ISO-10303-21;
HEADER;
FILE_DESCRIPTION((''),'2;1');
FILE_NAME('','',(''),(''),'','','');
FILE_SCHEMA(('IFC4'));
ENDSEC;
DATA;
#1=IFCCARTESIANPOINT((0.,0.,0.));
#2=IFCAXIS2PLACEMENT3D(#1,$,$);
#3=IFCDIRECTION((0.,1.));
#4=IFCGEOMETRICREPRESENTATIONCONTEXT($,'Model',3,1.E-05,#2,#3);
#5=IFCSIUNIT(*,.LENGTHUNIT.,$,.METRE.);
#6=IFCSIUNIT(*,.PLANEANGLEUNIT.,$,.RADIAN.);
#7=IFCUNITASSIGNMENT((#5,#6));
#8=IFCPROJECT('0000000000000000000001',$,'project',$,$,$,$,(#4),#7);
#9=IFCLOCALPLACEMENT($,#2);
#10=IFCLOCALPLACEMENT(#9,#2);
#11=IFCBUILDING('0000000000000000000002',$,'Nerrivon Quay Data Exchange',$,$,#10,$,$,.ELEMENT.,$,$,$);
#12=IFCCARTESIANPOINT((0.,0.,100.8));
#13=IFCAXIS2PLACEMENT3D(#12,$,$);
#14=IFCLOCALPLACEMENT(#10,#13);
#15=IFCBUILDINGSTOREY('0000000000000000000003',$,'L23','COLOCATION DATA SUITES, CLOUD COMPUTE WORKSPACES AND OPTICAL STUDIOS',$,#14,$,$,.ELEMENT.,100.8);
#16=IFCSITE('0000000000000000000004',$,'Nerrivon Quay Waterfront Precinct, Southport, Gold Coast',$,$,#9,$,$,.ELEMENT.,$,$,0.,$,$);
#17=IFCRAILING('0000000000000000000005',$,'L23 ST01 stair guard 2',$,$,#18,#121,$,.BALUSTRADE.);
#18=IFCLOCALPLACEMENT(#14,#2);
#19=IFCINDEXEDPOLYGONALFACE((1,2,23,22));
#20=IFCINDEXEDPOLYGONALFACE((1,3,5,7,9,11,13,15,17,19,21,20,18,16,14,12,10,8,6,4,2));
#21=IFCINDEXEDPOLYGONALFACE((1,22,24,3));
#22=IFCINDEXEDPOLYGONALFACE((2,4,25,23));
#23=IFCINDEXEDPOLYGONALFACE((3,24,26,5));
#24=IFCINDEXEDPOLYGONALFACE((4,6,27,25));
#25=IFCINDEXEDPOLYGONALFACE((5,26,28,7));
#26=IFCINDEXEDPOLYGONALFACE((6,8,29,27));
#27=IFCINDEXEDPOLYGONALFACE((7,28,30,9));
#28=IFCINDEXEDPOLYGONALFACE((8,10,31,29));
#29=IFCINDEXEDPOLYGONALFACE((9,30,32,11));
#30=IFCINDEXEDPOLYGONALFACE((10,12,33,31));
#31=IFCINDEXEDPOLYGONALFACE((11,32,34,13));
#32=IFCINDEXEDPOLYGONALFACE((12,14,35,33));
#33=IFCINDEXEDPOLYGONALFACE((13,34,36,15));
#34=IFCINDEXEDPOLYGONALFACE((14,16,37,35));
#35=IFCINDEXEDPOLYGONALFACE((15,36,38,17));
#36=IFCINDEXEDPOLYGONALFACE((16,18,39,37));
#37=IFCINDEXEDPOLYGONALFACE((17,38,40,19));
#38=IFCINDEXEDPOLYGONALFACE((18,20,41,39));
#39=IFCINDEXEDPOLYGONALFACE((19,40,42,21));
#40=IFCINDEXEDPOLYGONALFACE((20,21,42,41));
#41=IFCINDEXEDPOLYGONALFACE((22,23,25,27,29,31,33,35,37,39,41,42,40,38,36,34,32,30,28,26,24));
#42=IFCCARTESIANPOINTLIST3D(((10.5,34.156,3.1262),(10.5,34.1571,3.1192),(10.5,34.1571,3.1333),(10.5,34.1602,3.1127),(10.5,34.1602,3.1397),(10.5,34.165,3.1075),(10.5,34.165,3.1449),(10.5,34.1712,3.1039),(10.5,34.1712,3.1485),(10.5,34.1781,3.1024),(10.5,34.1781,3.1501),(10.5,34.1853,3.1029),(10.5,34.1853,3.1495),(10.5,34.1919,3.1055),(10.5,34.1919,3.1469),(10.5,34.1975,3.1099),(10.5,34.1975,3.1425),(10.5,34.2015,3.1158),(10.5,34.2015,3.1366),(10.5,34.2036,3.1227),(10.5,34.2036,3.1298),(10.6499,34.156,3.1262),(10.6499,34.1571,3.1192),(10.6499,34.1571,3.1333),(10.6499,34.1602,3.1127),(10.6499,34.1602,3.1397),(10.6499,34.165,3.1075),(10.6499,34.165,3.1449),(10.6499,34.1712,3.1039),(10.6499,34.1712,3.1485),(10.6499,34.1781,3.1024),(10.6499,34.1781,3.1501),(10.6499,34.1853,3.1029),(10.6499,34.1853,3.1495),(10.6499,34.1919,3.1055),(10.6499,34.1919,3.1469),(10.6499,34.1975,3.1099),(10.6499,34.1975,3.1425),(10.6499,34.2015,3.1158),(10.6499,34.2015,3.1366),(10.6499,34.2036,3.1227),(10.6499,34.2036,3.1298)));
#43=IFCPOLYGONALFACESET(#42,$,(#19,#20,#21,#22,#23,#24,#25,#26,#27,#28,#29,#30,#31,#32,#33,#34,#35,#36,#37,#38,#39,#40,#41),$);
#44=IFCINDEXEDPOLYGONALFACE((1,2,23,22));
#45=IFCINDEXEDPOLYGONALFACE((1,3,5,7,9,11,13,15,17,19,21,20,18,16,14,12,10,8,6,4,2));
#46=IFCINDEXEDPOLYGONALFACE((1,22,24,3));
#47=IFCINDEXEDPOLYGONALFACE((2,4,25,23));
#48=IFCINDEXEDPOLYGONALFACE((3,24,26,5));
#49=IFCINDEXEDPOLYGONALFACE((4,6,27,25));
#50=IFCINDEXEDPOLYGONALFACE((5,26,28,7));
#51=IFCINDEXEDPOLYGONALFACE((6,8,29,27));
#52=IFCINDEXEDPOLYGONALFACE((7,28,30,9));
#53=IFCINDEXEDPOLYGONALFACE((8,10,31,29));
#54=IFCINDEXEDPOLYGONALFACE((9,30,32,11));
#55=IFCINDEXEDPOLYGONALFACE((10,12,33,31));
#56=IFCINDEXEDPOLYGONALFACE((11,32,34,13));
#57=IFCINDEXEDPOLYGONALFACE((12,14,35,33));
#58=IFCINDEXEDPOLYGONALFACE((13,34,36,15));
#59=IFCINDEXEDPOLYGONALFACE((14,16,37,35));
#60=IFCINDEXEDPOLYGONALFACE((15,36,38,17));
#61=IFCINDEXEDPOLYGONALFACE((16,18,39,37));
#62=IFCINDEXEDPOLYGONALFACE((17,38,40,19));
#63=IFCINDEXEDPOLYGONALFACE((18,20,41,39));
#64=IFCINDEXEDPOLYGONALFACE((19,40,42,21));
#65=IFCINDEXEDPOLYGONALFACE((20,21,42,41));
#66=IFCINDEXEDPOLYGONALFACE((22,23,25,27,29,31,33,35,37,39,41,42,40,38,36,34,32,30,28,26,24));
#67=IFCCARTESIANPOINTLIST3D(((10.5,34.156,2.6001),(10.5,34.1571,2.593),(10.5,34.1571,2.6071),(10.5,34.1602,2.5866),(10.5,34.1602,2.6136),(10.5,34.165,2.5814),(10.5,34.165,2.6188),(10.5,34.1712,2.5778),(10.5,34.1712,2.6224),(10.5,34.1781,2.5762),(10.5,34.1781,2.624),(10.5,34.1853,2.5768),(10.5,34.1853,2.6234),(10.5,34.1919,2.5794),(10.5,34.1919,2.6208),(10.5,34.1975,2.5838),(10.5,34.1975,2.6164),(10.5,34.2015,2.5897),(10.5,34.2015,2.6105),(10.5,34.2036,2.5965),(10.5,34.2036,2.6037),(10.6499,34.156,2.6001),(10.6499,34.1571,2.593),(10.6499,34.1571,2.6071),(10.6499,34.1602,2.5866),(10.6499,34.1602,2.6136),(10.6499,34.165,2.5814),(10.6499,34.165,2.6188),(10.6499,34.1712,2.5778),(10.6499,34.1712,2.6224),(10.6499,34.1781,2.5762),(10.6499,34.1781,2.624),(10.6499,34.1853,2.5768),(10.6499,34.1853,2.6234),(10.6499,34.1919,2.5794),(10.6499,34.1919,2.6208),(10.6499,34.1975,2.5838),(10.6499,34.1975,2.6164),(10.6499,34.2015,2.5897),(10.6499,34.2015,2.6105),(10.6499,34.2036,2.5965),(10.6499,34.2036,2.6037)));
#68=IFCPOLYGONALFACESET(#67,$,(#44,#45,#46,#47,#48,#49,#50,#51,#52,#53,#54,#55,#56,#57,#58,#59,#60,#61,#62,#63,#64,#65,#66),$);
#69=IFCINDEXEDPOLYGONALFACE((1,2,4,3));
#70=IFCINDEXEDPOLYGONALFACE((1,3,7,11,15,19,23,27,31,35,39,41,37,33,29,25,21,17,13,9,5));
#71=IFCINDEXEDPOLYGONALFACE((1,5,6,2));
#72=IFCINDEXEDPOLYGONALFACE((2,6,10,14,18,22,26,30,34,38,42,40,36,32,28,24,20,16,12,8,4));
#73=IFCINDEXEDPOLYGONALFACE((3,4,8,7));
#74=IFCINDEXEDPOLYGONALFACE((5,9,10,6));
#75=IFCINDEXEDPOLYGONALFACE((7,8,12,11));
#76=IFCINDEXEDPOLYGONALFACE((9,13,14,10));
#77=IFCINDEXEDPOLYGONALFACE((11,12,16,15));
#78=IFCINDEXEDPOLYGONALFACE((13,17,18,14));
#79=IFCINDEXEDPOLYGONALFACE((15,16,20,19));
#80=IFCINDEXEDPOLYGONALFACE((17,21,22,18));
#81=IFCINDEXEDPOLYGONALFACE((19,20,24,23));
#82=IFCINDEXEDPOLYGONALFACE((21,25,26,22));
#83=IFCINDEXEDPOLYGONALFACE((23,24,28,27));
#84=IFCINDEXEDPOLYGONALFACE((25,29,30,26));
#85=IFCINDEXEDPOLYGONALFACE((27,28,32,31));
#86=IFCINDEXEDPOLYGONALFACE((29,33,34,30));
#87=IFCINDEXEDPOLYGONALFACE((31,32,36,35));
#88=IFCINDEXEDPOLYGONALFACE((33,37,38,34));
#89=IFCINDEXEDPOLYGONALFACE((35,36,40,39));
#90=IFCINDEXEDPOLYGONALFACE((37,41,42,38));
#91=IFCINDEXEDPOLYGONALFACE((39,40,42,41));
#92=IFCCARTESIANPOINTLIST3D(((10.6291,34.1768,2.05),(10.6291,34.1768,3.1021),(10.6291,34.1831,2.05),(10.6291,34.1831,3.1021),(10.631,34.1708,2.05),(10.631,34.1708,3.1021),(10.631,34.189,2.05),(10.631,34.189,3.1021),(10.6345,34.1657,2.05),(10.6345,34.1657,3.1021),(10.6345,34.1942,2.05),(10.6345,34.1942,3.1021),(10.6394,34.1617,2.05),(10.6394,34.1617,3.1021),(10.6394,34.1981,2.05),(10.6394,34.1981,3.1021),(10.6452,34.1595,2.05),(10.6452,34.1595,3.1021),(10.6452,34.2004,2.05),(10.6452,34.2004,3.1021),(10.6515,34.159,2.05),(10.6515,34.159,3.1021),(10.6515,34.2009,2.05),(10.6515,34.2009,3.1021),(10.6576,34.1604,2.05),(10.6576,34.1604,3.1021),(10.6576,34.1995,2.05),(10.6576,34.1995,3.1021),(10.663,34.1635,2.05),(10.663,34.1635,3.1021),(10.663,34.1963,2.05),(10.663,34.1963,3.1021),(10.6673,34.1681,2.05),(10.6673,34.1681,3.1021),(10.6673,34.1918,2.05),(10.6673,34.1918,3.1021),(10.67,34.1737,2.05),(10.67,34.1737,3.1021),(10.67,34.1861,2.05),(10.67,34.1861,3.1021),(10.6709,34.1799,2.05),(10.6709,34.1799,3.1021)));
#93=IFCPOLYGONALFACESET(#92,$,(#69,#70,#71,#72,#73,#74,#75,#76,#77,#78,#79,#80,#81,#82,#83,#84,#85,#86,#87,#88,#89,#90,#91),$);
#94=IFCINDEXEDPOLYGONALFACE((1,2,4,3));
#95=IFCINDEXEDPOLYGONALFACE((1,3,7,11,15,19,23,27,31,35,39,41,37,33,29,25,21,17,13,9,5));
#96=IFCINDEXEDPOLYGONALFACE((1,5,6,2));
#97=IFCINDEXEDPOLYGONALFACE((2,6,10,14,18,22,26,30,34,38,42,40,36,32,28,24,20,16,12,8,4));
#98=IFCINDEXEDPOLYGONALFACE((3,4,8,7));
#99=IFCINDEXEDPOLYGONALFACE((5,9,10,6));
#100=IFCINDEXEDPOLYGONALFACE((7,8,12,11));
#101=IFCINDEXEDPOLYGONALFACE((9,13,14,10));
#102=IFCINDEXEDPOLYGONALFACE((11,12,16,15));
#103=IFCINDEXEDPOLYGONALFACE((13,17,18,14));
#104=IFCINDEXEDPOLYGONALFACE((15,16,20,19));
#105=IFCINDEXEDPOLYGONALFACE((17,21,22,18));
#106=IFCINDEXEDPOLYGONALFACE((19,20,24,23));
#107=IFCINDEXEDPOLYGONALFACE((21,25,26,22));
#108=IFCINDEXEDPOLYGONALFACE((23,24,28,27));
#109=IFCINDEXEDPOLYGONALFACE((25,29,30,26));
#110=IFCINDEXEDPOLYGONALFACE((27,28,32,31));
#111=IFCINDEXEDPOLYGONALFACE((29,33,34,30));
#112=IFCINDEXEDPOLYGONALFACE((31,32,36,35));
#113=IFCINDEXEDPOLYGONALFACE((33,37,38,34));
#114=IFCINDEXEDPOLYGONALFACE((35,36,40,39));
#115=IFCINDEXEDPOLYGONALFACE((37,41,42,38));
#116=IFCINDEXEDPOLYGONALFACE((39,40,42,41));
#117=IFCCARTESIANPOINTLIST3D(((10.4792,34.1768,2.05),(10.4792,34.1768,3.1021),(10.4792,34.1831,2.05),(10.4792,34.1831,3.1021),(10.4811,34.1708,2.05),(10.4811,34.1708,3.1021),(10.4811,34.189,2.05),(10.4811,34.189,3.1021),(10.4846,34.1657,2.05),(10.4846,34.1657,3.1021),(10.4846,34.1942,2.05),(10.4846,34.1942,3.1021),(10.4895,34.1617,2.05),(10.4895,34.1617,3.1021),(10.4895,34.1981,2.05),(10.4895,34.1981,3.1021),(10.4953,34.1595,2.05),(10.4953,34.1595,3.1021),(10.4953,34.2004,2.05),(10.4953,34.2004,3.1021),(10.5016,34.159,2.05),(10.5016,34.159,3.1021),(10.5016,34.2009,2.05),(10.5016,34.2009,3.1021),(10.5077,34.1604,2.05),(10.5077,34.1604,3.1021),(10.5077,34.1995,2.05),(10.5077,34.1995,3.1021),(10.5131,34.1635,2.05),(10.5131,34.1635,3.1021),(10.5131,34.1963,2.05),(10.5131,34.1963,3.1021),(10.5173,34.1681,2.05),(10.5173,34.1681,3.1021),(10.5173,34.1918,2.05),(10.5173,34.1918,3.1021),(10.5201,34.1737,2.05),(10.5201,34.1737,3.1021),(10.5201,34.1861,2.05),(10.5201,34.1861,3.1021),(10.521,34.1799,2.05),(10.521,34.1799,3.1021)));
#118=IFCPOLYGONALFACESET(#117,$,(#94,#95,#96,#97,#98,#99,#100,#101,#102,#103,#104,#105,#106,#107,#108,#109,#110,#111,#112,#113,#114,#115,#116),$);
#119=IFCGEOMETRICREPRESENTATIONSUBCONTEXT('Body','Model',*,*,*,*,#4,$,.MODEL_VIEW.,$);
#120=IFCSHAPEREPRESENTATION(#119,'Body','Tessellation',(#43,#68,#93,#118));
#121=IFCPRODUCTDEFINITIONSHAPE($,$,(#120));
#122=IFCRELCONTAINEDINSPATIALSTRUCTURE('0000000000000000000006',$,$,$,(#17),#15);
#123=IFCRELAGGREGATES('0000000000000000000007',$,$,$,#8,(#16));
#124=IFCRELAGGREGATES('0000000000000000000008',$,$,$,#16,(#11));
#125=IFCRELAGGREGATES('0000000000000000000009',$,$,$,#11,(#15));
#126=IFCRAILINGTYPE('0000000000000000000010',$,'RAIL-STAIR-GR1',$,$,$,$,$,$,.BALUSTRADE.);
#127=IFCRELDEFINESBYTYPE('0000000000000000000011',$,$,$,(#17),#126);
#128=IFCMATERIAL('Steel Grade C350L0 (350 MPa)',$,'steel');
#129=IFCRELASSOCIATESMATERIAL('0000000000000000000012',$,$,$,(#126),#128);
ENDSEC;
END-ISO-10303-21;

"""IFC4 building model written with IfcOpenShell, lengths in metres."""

from ifc_helpers import new_model, si_unit, direction, frame, origin, origin_2d, place, context, subcontext, project, spatial, circle, extrude, material, type_object, element, save


model = new_model("IFC4")

# Units and contexts
model_context = context("Model", 3, precision=1e-05, world=origin(), true_north=direction((0.0, 1.0)))
body_context = subcontext(model_context, "Body", "Model", "MODEL_VIEW")
ifc_project = project(units=[si_unit("LENGTHUNIT", "METRE"), si_unit("PLANEANGLEUNIT", "RADIAN")], contexts=[model_context])

# Site, building, storey
site_placement = place(None, origin())
site = spatial("IfcSite", under=ifc_project, at=site_placement, Name="Nerrivon Quay Waterfront Precinct, Southport, Gold Coast", CompositionType="ELEMENT", RefElevation=0.0)
building_placement = place(site_placement, origin())
building = spatial("IfcBuilding", under=site, at=building_placement, Name="Nerrivon Quay Data Exchange", CompositionType="ELEMENT")
storey_placement = place(building_placement, frame((0.0, 0.0, 100.8)))
storey = spatial("IfcBuildingStorey", under=building, at=storey_placement, Name="L23", Description="COLOCATION DATA SUITES, CLOUD COMPUTE WORKSPACES AND OPTICAL STUDIOS", CompositionType="ELEMENT", Elevation=100.8)

# Railing
ifc_material_1 = material(Name="Steel Grade C350L0 (350 MPa)", Category="steel")
railing_type_1 = type_object("IfcRailingType", Name="RAIL-STAIR-GR1", PredefinedType="BALUSTRADE", material=ifc_material_1)
railing_1_placement = place(storey_placement, frame((10.6499, 34.1799, 2.05)))
element("IfcRailing", 1, at=railing_1_placement, inside=storey, type_object=railing_type_1, Name="L23 ST01 stair guard 2", PredefinedType="BALUSTRADE", context=body_context, shape_type="SweptSolid", body=[
    extrude(circle(Radius=0.0239, at=origin_2d()), frame((0.0, 0.0, 1.0762), z_axis=(-1.0, 0.0, 0.0), x_axis=(0.0, -1.0, 0.0)), (0.0, 0.0, 1.0), 0.1499),
    extrude(circle(Radius=0.0239, at=origin_2d()), frame((0.0, 0.0, 0.55), z_axis=(-1.0, 0.0, 0.0), x_axis=(0.0, -1.0, 0.0)), (0.0, 0.0, 1.0), 0.1499),
    extrude(circle(Radius=0.021, at=origin_2d()), origin(), (0.0, 0.0, 1.0), 1.052),
    extrude(circle(Radius=0.021, at=origin_2d()), frame((-0.1499, 0.0, 0.0)), (0.0, 0.0, 1.0), 1.052),
])

save(model, "model.ifc")
